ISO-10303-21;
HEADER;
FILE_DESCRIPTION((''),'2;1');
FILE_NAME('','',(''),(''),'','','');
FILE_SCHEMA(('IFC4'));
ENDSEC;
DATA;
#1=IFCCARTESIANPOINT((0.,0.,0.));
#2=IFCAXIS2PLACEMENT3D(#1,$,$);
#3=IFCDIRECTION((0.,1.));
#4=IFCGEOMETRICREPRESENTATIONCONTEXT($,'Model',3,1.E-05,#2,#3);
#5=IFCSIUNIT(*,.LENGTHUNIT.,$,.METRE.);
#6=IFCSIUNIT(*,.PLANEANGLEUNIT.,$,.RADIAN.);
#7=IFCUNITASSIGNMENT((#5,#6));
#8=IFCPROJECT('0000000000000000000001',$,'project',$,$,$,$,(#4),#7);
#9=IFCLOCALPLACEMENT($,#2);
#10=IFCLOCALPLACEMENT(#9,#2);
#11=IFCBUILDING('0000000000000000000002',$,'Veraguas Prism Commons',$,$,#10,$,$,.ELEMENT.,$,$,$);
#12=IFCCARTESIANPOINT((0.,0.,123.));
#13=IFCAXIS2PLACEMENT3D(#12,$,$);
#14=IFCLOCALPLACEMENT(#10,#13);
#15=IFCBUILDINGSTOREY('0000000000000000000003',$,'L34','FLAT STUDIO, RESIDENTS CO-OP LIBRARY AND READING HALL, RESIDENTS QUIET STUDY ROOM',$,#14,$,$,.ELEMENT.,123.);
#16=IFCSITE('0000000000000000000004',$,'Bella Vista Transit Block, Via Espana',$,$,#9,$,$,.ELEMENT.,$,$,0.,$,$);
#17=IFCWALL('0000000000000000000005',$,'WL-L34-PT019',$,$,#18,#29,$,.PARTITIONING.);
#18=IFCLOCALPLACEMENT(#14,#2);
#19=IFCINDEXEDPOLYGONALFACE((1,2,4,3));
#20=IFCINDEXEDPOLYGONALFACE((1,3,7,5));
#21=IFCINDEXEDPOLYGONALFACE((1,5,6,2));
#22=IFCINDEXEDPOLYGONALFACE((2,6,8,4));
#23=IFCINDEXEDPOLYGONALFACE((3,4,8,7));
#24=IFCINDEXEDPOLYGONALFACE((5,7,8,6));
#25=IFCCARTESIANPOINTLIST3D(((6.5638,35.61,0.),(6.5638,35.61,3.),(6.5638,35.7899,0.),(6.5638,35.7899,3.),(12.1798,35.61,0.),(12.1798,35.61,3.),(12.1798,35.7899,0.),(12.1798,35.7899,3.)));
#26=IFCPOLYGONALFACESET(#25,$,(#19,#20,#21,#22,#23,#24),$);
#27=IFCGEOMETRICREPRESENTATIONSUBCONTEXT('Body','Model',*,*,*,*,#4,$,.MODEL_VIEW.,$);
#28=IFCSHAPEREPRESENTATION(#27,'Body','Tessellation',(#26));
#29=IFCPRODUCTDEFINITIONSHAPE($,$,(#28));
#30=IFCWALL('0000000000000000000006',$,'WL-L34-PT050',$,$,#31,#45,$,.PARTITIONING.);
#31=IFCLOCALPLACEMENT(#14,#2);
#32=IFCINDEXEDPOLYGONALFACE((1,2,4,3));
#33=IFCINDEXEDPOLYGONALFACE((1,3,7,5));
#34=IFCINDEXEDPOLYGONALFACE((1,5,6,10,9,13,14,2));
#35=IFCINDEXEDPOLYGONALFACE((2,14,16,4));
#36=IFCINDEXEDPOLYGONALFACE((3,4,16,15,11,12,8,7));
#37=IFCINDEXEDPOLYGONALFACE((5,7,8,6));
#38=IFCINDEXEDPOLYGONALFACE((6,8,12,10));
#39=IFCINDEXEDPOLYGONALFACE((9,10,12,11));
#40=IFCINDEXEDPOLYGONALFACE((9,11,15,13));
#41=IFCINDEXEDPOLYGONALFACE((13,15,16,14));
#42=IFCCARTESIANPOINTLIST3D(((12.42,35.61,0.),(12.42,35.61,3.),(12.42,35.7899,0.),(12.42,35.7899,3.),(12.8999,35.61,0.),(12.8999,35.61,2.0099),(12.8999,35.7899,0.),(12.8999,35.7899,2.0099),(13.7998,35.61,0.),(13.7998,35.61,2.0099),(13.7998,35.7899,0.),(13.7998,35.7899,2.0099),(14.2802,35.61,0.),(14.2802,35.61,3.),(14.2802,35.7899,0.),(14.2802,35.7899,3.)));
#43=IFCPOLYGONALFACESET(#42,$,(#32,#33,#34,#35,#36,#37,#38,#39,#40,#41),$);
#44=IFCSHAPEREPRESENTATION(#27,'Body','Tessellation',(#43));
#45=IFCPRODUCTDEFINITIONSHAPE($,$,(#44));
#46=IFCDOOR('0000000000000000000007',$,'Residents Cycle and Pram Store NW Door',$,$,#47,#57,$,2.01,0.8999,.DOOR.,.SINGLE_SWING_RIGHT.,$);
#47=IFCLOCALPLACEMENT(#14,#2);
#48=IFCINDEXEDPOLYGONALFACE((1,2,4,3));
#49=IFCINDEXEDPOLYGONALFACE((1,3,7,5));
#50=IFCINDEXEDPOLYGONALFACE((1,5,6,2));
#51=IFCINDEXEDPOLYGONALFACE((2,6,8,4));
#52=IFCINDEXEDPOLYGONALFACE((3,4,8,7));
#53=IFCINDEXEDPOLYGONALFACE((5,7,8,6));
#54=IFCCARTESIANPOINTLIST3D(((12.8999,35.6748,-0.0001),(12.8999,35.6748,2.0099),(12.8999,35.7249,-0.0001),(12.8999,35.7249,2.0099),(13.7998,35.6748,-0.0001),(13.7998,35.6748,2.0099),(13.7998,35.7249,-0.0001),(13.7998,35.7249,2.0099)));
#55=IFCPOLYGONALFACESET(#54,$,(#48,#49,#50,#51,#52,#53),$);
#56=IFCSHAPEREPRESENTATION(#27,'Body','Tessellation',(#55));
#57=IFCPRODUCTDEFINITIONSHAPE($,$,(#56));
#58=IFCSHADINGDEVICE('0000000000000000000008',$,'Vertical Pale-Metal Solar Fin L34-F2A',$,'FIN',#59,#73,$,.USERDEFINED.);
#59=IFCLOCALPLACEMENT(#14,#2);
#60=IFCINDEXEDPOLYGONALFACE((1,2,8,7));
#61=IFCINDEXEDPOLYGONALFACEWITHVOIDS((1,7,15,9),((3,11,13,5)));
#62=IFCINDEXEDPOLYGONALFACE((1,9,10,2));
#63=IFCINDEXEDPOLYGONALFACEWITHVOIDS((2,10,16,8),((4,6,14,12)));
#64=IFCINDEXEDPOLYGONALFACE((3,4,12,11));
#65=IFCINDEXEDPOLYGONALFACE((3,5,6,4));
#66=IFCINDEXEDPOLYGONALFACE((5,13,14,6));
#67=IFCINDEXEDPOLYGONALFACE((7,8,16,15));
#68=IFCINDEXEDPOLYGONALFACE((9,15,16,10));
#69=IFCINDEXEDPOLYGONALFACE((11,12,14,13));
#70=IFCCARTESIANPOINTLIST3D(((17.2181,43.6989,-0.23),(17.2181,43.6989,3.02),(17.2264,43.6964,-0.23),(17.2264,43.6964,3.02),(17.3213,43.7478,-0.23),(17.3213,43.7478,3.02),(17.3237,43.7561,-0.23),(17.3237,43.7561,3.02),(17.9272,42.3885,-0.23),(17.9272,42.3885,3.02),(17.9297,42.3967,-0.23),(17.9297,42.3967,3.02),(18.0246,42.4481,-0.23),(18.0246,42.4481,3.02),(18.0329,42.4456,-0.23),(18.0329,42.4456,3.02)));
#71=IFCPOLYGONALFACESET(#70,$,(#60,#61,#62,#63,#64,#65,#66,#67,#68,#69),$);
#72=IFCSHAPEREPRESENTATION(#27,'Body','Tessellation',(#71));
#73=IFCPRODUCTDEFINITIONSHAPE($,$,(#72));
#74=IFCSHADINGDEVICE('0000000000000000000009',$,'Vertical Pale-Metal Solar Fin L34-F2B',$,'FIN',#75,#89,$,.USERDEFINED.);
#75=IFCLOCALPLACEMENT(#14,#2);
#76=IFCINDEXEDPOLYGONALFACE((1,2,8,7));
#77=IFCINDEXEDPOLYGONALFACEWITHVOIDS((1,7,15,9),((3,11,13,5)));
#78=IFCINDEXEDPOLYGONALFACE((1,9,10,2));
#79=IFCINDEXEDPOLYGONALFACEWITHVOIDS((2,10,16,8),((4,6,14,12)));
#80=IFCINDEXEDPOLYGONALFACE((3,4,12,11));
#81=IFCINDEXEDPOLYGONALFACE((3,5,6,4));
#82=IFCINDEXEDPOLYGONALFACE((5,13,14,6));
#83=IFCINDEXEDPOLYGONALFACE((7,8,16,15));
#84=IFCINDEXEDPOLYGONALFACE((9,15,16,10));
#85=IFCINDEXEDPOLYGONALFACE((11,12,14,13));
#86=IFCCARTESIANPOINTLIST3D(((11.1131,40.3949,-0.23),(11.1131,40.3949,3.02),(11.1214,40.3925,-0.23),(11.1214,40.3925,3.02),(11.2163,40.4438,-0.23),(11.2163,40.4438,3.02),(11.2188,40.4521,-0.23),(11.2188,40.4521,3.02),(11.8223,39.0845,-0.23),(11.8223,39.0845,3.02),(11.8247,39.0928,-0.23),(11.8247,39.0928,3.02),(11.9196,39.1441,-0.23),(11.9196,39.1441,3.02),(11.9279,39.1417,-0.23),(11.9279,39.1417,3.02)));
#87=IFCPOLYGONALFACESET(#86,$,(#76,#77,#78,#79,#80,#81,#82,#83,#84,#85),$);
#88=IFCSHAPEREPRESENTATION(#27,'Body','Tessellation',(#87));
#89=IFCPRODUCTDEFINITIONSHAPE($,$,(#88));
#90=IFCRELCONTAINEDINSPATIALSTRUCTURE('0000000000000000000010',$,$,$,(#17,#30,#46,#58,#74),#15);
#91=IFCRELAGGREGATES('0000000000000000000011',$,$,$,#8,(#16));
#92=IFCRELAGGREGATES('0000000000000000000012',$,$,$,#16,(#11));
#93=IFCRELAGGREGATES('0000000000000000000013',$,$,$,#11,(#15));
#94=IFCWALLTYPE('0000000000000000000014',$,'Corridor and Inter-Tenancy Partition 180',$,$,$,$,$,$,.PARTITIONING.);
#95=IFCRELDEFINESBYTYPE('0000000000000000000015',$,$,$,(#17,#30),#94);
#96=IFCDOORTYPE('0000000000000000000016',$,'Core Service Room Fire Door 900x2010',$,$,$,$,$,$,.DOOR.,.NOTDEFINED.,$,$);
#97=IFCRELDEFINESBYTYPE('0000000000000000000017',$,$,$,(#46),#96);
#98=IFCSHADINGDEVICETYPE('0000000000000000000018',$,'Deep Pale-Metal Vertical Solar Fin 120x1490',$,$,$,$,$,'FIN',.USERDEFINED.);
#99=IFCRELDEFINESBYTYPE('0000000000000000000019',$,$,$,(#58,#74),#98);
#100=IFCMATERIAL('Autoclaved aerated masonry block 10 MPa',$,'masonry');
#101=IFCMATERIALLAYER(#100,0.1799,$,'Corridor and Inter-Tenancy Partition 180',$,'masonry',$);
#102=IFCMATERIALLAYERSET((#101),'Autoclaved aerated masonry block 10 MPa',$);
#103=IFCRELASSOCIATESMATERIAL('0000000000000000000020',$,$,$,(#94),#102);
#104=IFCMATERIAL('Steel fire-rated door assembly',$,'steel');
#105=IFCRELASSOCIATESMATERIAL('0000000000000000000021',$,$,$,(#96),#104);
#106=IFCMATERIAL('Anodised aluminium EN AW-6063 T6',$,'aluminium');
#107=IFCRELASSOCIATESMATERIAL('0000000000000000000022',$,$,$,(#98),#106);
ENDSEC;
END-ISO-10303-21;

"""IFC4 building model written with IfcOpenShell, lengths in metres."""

from ifc_helpers import new_model, si_unit, direction, frame, frame_2d, origin, origin_2d, place, context, subcontext, project, spatial, rectangle, hollow_rectangle, extrude, source, transform, mapped, material, layer, layer_set, material_profile, profile_set, type_object, element, fill, save


model = new_model("IFC4")

# Units and contexts
model_context = context("Model", 3, precision=1e-05, world=origin(), true_north=direction((0.0, 1.0)))
body_context = subcontext(model_context, "Body", "Model", "MODEL_VIEW")
ifc_project = project(units=[si_unit("LENGTHUNIT", "METRE"), si_unit("PLANEANGLEUNIT", "RADIAN")], contexts=[model_context])

# Site, building, storey
site_placement = place(None, origin())
site = spatial("IfcSite", under=ifc_project, at=site_placement, Name="Bella Vista Transit Block, Via Espana", CompositionType="ELEMENT", RefElevation=0.0)
building_placement = place(site_placement, origin())
building = spatial("IfcBuilding", under=site, at=building_placement, Name="Veraguas Prism Commons", CompositionType="ELEMENT")
storey_placement = place(building_placement, frame((0.0, 0.0, 123.0)))
storey = spatial("IfcBuildingStorey", under=building, at=storey_placement, Name="L34", Description="FLAT STUDIO, RESIDENTS CO-OP LIBRARY AND READING HALL, RESIDENTS QUIET STUDY ROOM", CompositionType="ELEMENT", Elevation=123.0)

# Shared definitions
ifc_material_1 = material(Name="Anodised aluminium EN AW-6063 T6", Category="aluminium")

# Shared definitions
ifc_material_2 = material(Name="Autoclaved aerated masonry block 10 MPa", Category="masonry")
ifc_layer_1 = layer(ifc_material_2, 0.1799, Name="Corridor and Inter-Tenancy Partition 180", Category="masonry")
ifc_layer_set_1 = layer_set([ifc_layer_1], Name="Autoclaved aerated masonry block 10 MPa")
wall_type_1 = type_object("IfcWallType", Name="Corridor and Inter-Tenancy Partition 180", PredefinedType="PARTITIONING", material=ifc_layer_set_1)

# Shared definitions
ifc_material_3 = material(Name="Steel fire-rated door assembly", Category="steel")

# Wall
wall_1_placement = place(storey_placement, frame((12.1799, 35.7, 0.0), z_axis=(0.0, 0.0, 1.0), x_axis=(-1.0, 0.0, 0.0)))
element("IfcWall", 1, at=wall_1_placement, inside=storey, type_object=wall_type_1, Name="WL-L34-PT019", PredefinedType="PARTITIONING", context=body_context, shape_type="SweptSolid", body=[
    extrude(rectangle(XDim=5.616, YDim=0.1799, at=frame_2d((2.8081, 0.0))), origin(), (0.0, 0.0, 1.0), 3.0),
])

# Wall, opening, door
wall_2_placement = place(storey_placement, frame((12.4199, 35.7, 0.0), z_axis=(0.0, 0.0, 1.0), x_axis=(1.0, 0.0, 0.0)))
wall_2 = element("IfcWall", 2, at=wall_2_placement, inside=storey, type_object=wall_type_1, Name="WL-L34-PT050", PredefinedType="PARTITIONING", context=body_context, shape_type="SweptSolid", body=[
    extrude(rectangle(XDim=1.8601, YDim=0.1799, at=frame_2d((0.9302, 0.0))), origin(), (0.0, 0.0, 1.0), 3.0),
])
opening_1_placement = place(wall_2_placement, frame((0.48, 0.0, 0.0)))
opening_1 = element("IfcOpeningElement", 3, at=opening_1_placement, cuts=wall_2, PredefinedType="OPENING", context=body_context, shape_type="SweptSolid", body=[
    extrude(rectangle(XDim=0.8999, YDim=2.01, at=frame_2d((0.45, 1.0049))), frame((0.0, 0.0999, 0.0), z_axis=(0.0, -1.0, 0.0), x_axis=(1.0, 0.0, 0.0)), (0.0, 0.0, 1.0), 0.2),
])
door_type_1 = type_object("IfcDoorType", Name="Core Service Room Fire Door 900x2010", OperationType="NOTDEFINED", PredefinedType="DOOR", material=ifc_material_3)
shared_shape_1 = source(origin(), body_context, "Body", "SweptSolid", [
    extrude(rectangle(XDim=0.8999, YDim=2.01, at=frame_2d((0.45, 1.0049))), frame((0.0, 0.0249, 0.0), z_axis=(0.0, -1.0, 0.0), x_axis=(1.0, 0.0, 0.0)), (0.0, 0.0, 1.0), 0.05),
])
door_1_placement = place(opening_1_placement, origin())
door_1 = element("IfcDoor", 4, at=door_1_placement, inside=storey, type_object=door_type_1, Name="Residents Cycle and Pram Store NW Door", OperationType="SINGLE_SWING_RIGHT", OverallHeight=2.01, OverallWidth=0.8999, PredefinedType="DOOR", context=body_context, shape_type="MappedRepresentation", body=[
    mapped(shared_shape_1, transform((0.0, 0.0, 0.0), scale=1.0)),
])
fill(opening_1, door_1)

# Shading devices
ifc_material_profile_1 = material_profile(ifc_material_1, hollow_rectangle(XDim=0.1201, YDim=1.49, WallThickness=0.0061, at=origin_2d()), Name="FIN120X1490X6")
ifc_profile_set_1 = profile_set([ifc_material_profile_1], Name="Anodised aluminium EN AW-6063 T6")
shading_device_type = type_object("IfcShadingDeviceType", Name="Deep Pale-Metal Vertical Solar Fin 120x1490", ElementType="FIN", PredefinedType="USERDEFINED", material=ifc_profile_set_1)
for number, where, z_axis, x_axis, name in (
    (5, (17.6255, 43.0723, -0.23), (0.0, 0.0, 1.0), (-0.879482, -0.475931, 0.0), "Vertical Pale-Metal Solar Fin L34-F2A"),
    (6, (11.5205, 39.7683, -0.23), (0.0, 0.0, 1.0), (-0.879482, -0.475931, 0.0), "Vertical Pale-Metal Solar Fin L34-F2B"),
):
    element("IfcShadingDevice", number, at=place(storey_placement, frame(where, z_axis=z_axis, x_axis=x_axis)), inside=storey, type_object=shading_device_type, Name=name, ObjectType="FIN", PredefinedType="USERDEFINED", context=body_context, shape_type="SweptSolid", body=[
        extrude(hollow_rectangle(XDim=0.1201, YDim=1.49, WallThickness=0.0061, at=origin_2d()), origin(), (0.0, 0.0, 1.0), 3.25),
    ])

save(model, "model.ifc")
